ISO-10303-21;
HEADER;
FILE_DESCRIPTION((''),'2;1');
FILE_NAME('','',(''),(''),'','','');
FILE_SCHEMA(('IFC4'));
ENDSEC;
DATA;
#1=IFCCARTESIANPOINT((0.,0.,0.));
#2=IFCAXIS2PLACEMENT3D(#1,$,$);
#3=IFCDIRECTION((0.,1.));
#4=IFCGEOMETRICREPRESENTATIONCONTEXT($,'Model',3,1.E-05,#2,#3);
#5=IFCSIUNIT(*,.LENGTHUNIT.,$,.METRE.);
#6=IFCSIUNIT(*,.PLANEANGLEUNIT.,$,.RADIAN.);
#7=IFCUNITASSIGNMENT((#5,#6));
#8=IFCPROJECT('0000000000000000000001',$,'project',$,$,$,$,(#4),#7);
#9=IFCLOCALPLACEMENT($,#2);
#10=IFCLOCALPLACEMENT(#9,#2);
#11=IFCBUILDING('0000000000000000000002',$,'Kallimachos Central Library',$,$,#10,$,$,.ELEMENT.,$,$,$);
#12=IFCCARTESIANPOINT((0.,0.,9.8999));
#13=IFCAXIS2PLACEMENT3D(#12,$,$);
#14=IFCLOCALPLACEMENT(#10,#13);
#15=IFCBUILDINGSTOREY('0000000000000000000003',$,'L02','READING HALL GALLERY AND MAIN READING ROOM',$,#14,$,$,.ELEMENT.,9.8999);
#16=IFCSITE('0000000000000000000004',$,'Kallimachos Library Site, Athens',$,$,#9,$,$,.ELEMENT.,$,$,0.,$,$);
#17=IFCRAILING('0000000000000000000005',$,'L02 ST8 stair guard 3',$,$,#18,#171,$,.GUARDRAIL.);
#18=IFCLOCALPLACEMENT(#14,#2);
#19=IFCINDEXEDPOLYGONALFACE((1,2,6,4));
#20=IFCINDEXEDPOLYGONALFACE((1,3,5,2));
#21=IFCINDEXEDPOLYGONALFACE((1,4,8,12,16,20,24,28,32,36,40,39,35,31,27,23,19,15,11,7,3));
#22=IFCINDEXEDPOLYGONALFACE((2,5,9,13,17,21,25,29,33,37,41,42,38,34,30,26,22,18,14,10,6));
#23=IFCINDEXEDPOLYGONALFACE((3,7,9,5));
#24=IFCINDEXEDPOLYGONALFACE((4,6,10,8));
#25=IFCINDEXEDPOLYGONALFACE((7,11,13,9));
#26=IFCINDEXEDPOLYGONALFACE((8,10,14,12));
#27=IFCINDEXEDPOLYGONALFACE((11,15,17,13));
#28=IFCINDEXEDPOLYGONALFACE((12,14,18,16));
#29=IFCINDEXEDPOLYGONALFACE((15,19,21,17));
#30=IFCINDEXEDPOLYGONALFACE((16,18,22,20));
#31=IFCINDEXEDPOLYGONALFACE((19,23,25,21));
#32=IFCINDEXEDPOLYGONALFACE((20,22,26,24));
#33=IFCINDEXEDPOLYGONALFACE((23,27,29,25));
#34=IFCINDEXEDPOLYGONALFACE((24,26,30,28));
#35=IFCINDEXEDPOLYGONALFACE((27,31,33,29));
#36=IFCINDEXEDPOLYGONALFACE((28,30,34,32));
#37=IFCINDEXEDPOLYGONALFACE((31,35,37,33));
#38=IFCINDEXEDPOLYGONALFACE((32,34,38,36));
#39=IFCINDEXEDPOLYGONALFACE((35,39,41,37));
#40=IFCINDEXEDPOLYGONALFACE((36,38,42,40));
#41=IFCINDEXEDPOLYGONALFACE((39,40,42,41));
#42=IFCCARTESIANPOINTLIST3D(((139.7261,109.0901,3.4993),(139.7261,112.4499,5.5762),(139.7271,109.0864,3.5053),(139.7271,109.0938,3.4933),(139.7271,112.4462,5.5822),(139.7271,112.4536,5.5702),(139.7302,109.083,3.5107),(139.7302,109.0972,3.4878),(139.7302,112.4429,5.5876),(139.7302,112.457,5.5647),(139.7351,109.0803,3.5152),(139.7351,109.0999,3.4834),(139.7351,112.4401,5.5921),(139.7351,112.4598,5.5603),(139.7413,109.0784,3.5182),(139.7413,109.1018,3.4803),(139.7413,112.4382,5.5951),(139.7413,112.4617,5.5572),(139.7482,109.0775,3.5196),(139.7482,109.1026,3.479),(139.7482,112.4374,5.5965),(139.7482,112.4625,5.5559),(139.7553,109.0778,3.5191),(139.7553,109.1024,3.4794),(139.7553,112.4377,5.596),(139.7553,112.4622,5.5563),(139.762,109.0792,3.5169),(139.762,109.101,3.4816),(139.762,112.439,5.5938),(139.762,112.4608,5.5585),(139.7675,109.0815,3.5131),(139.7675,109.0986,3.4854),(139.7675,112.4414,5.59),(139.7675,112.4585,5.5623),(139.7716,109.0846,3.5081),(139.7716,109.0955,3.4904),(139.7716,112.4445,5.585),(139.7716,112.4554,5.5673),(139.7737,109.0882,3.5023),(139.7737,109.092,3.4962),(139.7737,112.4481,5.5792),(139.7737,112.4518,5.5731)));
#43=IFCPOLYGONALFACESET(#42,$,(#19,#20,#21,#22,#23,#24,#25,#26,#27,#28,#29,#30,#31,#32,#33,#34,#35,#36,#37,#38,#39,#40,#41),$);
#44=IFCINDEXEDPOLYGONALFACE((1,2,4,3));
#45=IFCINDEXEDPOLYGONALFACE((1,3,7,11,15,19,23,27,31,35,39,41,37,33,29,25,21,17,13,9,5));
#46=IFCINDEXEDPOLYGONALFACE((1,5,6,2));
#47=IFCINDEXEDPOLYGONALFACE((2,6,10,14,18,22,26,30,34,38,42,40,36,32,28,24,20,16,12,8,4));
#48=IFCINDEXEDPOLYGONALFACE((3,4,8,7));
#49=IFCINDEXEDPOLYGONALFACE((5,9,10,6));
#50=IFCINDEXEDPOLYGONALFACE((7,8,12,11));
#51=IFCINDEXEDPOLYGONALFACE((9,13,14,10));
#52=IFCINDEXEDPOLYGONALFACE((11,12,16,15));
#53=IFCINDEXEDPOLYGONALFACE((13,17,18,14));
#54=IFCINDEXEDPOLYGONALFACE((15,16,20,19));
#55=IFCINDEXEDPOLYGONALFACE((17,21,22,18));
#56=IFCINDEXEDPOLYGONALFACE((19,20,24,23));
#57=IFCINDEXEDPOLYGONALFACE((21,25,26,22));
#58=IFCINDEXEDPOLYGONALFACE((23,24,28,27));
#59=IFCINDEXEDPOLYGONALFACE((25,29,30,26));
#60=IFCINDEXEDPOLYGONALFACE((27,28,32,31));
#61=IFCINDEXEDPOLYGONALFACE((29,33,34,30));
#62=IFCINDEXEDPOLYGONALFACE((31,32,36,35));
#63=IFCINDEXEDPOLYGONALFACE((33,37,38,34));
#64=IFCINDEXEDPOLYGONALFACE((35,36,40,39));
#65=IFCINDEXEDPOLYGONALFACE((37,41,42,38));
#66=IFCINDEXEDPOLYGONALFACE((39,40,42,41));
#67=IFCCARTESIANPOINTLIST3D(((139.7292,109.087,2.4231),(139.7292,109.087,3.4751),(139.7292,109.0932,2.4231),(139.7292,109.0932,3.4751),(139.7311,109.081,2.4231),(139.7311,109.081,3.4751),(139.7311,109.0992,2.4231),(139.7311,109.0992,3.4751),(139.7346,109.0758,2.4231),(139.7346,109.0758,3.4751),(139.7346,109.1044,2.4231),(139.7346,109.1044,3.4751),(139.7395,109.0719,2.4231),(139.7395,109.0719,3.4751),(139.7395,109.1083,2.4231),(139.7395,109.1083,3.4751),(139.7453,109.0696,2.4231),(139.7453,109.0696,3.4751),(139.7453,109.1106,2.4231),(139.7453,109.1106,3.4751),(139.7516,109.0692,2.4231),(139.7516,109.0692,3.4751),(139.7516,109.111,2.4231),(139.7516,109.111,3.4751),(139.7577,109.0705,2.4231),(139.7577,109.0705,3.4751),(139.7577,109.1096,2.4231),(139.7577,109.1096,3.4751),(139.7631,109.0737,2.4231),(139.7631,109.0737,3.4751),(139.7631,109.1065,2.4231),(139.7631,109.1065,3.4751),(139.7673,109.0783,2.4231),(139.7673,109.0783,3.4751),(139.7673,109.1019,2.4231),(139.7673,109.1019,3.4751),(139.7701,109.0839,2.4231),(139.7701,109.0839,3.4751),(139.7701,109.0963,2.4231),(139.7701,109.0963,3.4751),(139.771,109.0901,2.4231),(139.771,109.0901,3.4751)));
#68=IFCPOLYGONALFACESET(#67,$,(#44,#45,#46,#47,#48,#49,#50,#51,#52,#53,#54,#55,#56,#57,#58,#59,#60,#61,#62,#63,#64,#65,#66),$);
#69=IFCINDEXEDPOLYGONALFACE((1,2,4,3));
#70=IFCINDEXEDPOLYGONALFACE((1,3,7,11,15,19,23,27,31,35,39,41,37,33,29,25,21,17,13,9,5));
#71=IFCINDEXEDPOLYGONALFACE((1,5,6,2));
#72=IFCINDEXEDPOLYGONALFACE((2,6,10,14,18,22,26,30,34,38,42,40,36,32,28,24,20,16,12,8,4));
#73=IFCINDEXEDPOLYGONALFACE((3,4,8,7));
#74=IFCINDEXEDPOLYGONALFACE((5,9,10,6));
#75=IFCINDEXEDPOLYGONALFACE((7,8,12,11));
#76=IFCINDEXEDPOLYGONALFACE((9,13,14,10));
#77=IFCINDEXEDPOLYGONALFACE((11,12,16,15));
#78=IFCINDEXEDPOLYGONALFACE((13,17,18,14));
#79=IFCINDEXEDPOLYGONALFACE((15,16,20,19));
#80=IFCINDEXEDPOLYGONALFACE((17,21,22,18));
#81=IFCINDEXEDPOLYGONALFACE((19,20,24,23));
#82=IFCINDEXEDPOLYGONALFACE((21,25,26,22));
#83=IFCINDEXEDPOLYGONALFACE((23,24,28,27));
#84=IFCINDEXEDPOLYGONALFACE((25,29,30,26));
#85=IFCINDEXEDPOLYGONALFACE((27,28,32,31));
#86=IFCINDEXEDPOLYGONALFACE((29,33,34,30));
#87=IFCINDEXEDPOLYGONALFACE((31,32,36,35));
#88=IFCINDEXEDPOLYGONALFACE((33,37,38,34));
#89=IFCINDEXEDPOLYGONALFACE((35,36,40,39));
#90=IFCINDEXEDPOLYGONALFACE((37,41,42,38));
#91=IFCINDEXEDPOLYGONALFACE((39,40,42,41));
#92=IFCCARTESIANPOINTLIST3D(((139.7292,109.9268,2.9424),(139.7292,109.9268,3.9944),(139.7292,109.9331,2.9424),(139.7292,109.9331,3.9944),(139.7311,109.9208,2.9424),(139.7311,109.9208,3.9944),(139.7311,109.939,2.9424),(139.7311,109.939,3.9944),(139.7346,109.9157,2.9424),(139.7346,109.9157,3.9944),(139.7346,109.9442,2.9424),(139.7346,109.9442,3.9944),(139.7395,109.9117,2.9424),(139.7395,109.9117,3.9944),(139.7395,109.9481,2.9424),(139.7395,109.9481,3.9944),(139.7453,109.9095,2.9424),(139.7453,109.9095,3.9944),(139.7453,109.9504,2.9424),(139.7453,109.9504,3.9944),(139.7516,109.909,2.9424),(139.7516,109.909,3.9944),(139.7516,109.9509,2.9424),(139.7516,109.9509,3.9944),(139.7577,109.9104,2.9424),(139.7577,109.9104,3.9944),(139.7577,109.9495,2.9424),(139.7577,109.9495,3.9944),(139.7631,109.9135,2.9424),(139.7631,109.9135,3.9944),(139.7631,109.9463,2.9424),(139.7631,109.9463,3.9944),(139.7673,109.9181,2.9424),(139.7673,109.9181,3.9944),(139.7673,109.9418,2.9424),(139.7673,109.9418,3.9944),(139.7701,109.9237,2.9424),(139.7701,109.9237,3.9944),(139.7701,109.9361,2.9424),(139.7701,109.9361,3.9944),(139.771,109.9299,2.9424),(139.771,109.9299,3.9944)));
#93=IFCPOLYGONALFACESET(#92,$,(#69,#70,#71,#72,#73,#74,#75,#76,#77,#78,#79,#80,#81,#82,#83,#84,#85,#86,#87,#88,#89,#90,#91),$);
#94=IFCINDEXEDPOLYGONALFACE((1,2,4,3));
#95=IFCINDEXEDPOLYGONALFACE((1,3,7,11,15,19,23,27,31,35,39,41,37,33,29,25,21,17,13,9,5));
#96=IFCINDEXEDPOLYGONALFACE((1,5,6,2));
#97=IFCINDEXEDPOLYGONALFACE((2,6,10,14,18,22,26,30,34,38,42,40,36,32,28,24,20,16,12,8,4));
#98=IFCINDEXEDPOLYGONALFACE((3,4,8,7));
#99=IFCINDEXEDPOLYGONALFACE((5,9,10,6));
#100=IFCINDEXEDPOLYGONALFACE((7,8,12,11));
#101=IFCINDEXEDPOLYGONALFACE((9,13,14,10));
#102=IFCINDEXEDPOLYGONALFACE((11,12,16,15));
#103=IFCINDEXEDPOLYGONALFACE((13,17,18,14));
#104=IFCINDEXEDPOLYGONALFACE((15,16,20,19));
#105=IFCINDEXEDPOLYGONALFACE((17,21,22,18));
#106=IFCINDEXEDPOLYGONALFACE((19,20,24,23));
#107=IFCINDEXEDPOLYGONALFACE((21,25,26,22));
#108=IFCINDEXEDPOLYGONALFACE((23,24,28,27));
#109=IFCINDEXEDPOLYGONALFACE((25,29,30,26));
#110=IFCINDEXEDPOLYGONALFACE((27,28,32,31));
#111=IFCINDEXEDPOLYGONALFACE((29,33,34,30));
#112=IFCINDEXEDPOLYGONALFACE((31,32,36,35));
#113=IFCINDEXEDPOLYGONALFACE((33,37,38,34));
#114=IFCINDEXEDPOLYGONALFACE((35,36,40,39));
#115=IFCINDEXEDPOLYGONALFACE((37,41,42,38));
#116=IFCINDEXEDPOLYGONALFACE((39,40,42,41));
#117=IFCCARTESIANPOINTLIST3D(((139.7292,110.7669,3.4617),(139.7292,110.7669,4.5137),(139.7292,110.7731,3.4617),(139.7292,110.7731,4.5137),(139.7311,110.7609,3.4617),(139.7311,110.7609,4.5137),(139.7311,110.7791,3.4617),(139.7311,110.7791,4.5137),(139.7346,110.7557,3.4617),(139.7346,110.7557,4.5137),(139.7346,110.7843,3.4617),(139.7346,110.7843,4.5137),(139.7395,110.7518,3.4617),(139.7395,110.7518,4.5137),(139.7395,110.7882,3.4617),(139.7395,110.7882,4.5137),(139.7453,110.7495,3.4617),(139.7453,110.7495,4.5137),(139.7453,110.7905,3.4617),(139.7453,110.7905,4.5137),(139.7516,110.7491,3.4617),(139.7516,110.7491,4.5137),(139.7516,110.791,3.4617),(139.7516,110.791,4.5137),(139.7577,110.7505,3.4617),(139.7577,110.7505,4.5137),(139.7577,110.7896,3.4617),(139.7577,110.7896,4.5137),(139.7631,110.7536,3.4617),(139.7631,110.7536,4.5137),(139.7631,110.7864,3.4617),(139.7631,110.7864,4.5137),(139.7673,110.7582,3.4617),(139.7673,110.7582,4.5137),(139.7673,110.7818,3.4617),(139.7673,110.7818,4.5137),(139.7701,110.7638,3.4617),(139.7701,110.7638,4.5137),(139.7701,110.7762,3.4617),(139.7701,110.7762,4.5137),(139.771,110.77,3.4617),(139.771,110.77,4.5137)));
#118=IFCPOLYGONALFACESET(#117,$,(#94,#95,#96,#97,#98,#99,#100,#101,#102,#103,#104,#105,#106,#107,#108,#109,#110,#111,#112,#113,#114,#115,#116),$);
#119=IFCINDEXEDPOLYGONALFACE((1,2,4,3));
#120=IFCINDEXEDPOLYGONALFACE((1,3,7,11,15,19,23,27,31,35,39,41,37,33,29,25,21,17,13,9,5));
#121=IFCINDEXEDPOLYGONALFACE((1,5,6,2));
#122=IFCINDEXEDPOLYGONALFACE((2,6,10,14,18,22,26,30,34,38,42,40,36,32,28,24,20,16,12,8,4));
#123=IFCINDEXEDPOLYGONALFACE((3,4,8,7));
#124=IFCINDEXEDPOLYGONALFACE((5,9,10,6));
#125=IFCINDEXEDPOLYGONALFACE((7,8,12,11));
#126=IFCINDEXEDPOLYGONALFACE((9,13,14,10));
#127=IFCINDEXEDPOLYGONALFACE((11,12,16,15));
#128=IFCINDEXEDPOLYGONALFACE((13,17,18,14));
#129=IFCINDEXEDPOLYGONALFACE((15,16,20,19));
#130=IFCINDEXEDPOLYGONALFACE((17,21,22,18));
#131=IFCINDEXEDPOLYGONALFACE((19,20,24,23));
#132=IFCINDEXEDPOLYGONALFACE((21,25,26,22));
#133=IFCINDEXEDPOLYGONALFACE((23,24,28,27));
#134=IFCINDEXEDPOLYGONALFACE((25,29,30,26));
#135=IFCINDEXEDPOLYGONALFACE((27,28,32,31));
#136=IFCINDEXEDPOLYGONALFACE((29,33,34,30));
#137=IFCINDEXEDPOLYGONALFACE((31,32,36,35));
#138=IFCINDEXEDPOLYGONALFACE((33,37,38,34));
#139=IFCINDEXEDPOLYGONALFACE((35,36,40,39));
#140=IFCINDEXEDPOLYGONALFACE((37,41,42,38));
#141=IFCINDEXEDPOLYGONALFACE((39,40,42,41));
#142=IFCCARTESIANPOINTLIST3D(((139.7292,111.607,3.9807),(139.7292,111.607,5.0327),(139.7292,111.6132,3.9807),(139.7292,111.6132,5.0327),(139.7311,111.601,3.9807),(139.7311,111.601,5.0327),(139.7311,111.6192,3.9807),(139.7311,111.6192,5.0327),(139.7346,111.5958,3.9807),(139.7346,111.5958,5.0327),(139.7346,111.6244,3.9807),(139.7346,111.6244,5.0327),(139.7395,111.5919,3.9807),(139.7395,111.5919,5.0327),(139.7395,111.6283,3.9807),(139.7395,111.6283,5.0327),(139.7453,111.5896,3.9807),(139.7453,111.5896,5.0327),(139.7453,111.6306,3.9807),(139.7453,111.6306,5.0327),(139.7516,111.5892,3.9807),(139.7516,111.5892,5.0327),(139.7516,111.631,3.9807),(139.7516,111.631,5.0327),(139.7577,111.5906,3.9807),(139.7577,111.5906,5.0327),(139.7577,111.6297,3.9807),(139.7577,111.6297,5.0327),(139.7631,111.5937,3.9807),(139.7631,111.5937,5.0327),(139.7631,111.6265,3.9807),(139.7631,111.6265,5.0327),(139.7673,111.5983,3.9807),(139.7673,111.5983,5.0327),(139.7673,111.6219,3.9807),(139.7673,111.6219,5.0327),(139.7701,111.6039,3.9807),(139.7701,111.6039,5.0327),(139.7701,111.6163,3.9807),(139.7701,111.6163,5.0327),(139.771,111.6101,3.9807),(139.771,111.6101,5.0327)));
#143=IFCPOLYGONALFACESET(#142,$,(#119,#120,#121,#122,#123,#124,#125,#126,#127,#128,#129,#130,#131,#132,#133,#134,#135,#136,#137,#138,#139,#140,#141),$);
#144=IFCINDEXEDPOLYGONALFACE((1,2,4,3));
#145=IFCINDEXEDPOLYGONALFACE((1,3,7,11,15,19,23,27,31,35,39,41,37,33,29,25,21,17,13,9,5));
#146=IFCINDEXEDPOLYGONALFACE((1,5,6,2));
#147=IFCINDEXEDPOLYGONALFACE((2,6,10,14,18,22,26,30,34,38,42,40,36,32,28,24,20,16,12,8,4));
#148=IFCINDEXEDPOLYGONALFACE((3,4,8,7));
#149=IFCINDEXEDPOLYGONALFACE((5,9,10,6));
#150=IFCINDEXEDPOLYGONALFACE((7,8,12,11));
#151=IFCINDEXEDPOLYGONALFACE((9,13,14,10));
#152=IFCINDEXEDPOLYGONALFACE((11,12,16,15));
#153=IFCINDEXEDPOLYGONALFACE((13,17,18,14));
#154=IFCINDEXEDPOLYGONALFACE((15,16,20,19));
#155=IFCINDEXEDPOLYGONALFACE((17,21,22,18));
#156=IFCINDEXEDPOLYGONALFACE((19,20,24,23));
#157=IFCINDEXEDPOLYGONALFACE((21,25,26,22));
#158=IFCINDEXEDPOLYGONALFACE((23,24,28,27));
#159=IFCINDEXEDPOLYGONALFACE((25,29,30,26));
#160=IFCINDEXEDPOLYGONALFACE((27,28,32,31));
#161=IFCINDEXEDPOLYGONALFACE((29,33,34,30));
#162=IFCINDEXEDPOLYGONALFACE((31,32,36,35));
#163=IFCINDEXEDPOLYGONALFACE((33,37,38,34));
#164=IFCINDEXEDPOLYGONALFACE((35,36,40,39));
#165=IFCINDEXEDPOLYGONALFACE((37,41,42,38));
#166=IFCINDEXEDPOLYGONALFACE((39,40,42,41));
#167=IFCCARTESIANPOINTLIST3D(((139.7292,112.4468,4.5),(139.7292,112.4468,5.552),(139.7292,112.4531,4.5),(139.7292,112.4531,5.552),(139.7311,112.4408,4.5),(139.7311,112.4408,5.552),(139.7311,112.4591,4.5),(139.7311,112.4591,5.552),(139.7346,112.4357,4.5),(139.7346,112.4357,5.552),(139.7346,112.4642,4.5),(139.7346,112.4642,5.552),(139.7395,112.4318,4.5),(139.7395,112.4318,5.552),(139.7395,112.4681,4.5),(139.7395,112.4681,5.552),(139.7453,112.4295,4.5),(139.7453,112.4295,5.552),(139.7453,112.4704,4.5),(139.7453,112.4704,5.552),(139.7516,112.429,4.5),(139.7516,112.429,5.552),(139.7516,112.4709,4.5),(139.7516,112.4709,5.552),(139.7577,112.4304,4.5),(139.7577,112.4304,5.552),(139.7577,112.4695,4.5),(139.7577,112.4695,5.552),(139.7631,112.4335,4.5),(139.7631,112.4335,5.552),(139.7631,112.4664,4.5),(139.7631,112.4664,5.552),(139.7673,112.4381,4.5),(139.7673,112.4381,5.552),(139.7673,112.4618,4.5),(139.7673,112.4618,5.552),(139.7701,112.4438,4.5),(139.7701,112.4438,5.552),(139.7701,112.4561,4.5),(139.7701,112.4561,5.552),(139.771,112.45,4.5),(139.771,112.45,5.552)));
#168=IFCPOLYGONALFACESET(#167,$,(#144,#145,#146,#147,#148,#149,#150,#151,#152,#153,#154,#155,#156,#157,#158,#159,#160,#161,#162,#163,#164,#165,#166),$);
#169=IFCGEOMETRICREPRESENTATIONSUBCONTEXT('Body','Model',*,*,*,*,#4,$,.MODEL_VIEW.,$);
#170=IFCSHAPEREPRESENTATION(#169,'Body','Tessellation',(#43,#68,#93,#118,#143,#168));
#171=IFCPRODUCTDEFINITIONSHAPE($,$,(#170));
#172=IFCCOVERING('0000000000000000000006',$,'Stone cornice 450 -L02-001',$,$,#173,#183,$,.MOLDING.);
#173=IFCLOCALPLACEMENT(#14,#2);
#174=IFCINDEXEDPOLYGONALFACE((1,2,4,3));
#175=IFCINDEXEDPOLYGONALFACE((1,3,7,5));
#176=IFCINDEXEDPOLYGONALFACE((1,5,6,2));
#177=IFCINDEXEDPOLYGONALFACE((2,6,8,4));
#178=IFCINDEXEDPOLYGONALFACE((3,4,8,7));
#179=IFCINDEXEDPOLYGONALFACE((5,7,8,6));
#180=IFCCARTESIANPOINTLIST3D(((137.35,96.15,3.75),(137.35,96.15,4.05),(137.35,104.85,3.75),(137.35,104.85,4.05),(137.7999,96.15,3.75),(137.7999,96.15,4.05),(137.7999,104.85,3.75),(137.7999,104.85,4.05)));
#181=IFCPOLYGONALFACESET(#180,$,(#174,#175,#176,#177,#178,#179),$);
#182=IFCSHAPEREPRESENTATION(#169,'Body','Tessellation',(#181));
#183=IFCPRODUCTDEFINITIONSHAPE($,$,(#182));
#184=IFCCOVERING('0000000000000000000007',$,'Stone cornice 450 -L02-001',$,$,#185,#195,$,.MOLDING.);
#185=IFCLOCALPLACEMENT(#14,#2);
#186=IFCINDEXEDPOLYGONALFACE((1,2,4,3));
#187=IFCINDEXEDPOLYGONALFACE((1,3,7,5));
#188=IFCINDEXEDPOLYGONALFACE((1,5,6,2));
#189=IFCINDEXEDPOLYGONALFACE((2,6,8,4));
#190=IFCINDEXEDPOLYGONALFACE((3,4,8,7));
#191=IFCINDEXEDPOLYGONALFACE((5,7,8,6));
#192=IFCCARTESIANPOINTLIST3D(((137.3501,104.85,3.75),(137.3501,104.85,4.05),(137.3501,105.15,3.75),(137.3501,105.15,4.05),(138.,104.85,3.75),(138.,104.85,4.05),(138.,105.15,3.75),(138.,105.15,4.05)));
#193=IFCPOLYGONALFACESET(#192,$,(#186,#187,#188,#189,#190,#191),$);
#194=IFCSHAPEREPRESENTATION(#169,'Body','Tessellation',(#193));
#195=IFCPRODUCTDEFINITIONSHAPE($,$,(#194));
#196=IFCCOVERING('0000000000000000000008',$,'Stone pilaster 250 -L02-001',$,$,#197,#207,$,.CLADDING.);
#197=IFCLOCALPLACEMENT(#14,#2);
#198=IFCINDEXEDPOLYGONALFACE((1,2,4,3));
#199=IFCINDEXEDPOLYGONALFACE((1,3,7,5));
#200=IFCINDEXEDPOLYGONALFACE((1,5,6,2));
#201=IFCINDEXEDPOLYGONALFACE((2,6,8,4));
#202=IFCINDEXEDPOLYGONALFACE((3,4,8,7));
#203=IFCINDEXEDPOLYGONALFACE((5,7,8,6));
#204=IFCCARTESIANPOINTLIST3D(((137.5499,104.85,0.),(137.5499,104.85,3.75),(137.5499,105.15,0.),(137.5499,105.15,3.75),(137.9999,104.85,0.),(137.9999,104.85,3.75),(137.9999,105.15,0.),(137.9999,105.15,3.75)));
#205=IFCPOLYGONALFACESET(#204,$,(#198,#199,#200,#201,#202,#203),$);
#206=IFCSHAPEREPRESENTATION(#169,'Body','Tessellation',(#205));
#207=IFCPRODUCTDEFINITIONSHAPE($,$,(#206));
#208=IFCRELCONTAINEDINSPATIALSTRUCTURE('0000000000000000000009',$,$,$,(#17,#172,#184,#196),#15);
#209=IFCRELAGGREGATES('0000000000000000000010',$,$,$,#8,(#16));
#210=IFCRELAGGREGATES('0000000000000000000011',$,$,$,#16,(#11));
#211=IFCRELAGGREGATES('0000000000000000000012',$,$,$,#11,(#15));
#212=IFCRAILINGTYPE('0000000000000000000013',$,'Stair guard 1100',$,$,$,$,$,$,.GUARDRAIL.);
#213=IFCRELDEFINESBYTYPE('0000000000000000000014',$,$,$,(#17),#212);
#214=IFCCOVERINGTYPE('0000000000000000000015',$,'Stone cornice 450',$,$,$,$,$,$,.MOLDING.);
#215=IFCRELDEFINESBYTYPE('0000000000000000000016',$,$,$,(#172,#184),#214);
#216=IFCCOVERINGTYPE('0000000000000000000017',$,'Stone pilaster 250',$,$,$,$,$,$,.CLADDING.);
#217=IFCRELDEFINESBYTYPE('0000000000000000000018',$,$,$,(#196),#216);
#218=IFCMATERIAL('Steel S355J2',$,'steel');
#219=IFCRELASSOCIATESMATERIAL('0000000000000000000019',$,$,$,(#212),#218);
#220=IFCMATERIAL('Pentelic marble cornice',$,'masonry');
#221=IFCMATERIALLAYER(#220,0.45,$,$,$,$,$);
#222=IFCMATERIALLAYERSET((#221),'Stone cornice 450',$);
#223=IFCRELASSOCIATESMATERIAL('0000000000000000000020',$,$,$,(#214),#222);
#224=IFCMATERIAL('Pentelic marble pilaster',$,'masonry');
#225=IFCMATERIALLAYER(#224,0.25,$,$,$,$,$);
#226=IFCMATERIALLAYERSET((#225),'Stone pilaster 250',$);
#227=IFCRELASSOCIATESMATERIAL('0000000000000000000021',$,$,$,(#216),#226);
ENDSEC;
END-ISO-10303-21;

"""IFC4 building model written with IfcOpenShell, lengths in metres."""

from ifc_helpers import new_model, si_unit, direction, frame, origin, origin_2d, place, context, subcontext, project, spatial, rectangle, circle, extrude, material, layer, layer_set, type_object, element, save


model = new_model("IFC4")

# Units and contexts
model_context = context("Model", 3, precision=1e-05, world=origin(), true_north=direction((0.0, 1.0)))
body_context = subcontext(model_context, "Body", "Model", "MODEL_VIEW")
ifc_project = project(units=[si_unit("LENGTHUNIT", "METRE"), si_unit("PLANEANGLEUNIT", "RADIAN")], contexts=[model_context])

# Site, building, storey
site_placement = place(None, origin())
site = spatial("IfcSite", under=ifc_project, at=site_placement, Name="Kallimachos Library Site, Athens", CompositionType="ELEMENT", RefElevation=0.0)
building_placement = place(site_placement, origin())
building = spatial("IfcBuilding", under=site, at=building_placement, Name="Kallimachos Central Library", CompositionType="ELEMENT")
storey_placement = place(building_placement, frame((0.0, 0.0, 9.8999)))
storey = spatial("IfcBuildingStorey", under=building, at=storey_placement, Name="L02", Description="READING HALL GALLERY AND MAIN READING ROOM", CompositionType="ELEMENT", Elevation=9.8999)

# Railing
ifc_material_1 = material(Name="Steel S355J2", Category="steel")
railing_type_1 = type_object("IfcRailingType", Name="Stair guard 1100", PredefinedType="GUARDRAIL", material=ifc_material_1)
railing_1_placement = place(storey_placement, frame((139.75, 109.0901, 2.4231)))
element("IfcRailing", 1, at=railing_1_placement, inside=storey, type_object=railing_type_1, Name="L02 ST8 stair guard 3", PredefinedType="GUARDRAIL", context=body_context, shape_type="SweptSolid", body=[
    extrude(circle(Radius=0.0239, at=origin_2d()), frame((0.0, 0.0, 1.0762), z_axis=(0.0, 0.850606, 0.525803), x_axis=(-1.0, 0.0, 0.0)), (0.0, 0.0, 1.0), 3.95),
    extrude(circle(Radius=0.021, at=origin_2d()), origin(), (0.0, 0.0, 1.0), 1.052),
    extrude(circle(Radius=0.021, at=origin_2d()), frame((0.0, 0.8398, 0.5193)), (0.0, 0.0, 1.0), 1.052),
    extrude(circle(Radius=0.021, at=origin_2d()), frame((0.0, 1.6799, 1.0386)), (0.0, 0.0, 1.0), 1.052),
    extrude(circle(Radius=0.021, at=origin_2d()), frame((0.0, 2.52, 1.5576)), (0.0, 0.0, 1.0), 1.052),
    extrude(circle(Radius=0.021, at=origin_2d()), frame((0.0, 3.3599, 2.0769)), (0.0, 0.0, 1.0), 1.052),
])

# Coverings
ifc_material_2 = material(Name="Pentelic marble cornice", Category="masonry")
ifc_layer_1 = layer(ifc_material_2, 0.45)
ifc_layer_set_1 = layer_set([ifc_layer_1], Name="Stone cornice 450")
covering_type_1 = type_object("IfcCoveringType", Name="Stone cornice 450", PredefinedType="MOLDING", material=ifc_layer_set_1)
covering_1_placement = place(storey_placement, frame((137.575, 100.5, 3.75), z_axis=(0.0, 0.0, 1.0), x_axis=(1.0, 0.0, 0.0)))
element("IfcCovering", 2, at=covering_1_placement, inside=storey, type_object=covering_type_1, Name="Stone cornice 450 -L02-001", PredefinedType="MOLDING", context=body_context, shape_type="SweptSolid", body=[
    extrude(rectangle(XDim=0.45, YDim=8.7, at=origin_2d()), origin(), (0.0, 0.0, 1.0), 0.3),
])
covering_2_placement = place(storey_placement, frame((137.675, 105.0, 3.75), z_axis=(0.0, 0.0, 1.0), x_axis=(1.0, 0.0, 0.0)))
element("IfcCovering", 3, at=covering_2_placement, inside=storey, type_object=covering_type_1, Name="Stone cornice 450 -L02-001", PredefinedType="MOLDING", context=body_context, shape_type="SweptSolid", body=[
    extrude(rectangle(XDim=0.6499, YDim=0.3, at=origin_2d()), origin(), (0.0, 0.0, 1.0), 0.3),
])
ifc_material_3 = material(Name="Pentelic marble pilaster", Category="masonry")
ifc_layer_2 = layer(ifc_material_3, 0.25)
ifc_layer_set_2 = layer_set([ifc_layer_2], Name="Stone pilaster 250")
covering_type_2 = type_object("IfcCoveringType", Name="Stone pilaster 250", PredefinedType="CLADDING", material=ifc_layer_set_2)
covering_3_placement = place(storey_placement, frame((137.7749, 105.0, 0.0), z_axis=(0.0, 0.0, 1.0), x_axis=(1.0, 0.0, 0.0)))
element("IfcCovering", 4, at=covering_3_placement, inside=storey, type_object=covering_type_2, Name="Stone pilaster 250 -L02-001", PredefinedType="CLADDING", context=body_context, shape_type="SweptSolid", body=[
    extrude(rectangle(XDim=0.45, YDim=0.3, at=origin_2d()), origin(), (0.0, 0.0, 1.0), 3.75),
])

save(model, "model.ifc")
